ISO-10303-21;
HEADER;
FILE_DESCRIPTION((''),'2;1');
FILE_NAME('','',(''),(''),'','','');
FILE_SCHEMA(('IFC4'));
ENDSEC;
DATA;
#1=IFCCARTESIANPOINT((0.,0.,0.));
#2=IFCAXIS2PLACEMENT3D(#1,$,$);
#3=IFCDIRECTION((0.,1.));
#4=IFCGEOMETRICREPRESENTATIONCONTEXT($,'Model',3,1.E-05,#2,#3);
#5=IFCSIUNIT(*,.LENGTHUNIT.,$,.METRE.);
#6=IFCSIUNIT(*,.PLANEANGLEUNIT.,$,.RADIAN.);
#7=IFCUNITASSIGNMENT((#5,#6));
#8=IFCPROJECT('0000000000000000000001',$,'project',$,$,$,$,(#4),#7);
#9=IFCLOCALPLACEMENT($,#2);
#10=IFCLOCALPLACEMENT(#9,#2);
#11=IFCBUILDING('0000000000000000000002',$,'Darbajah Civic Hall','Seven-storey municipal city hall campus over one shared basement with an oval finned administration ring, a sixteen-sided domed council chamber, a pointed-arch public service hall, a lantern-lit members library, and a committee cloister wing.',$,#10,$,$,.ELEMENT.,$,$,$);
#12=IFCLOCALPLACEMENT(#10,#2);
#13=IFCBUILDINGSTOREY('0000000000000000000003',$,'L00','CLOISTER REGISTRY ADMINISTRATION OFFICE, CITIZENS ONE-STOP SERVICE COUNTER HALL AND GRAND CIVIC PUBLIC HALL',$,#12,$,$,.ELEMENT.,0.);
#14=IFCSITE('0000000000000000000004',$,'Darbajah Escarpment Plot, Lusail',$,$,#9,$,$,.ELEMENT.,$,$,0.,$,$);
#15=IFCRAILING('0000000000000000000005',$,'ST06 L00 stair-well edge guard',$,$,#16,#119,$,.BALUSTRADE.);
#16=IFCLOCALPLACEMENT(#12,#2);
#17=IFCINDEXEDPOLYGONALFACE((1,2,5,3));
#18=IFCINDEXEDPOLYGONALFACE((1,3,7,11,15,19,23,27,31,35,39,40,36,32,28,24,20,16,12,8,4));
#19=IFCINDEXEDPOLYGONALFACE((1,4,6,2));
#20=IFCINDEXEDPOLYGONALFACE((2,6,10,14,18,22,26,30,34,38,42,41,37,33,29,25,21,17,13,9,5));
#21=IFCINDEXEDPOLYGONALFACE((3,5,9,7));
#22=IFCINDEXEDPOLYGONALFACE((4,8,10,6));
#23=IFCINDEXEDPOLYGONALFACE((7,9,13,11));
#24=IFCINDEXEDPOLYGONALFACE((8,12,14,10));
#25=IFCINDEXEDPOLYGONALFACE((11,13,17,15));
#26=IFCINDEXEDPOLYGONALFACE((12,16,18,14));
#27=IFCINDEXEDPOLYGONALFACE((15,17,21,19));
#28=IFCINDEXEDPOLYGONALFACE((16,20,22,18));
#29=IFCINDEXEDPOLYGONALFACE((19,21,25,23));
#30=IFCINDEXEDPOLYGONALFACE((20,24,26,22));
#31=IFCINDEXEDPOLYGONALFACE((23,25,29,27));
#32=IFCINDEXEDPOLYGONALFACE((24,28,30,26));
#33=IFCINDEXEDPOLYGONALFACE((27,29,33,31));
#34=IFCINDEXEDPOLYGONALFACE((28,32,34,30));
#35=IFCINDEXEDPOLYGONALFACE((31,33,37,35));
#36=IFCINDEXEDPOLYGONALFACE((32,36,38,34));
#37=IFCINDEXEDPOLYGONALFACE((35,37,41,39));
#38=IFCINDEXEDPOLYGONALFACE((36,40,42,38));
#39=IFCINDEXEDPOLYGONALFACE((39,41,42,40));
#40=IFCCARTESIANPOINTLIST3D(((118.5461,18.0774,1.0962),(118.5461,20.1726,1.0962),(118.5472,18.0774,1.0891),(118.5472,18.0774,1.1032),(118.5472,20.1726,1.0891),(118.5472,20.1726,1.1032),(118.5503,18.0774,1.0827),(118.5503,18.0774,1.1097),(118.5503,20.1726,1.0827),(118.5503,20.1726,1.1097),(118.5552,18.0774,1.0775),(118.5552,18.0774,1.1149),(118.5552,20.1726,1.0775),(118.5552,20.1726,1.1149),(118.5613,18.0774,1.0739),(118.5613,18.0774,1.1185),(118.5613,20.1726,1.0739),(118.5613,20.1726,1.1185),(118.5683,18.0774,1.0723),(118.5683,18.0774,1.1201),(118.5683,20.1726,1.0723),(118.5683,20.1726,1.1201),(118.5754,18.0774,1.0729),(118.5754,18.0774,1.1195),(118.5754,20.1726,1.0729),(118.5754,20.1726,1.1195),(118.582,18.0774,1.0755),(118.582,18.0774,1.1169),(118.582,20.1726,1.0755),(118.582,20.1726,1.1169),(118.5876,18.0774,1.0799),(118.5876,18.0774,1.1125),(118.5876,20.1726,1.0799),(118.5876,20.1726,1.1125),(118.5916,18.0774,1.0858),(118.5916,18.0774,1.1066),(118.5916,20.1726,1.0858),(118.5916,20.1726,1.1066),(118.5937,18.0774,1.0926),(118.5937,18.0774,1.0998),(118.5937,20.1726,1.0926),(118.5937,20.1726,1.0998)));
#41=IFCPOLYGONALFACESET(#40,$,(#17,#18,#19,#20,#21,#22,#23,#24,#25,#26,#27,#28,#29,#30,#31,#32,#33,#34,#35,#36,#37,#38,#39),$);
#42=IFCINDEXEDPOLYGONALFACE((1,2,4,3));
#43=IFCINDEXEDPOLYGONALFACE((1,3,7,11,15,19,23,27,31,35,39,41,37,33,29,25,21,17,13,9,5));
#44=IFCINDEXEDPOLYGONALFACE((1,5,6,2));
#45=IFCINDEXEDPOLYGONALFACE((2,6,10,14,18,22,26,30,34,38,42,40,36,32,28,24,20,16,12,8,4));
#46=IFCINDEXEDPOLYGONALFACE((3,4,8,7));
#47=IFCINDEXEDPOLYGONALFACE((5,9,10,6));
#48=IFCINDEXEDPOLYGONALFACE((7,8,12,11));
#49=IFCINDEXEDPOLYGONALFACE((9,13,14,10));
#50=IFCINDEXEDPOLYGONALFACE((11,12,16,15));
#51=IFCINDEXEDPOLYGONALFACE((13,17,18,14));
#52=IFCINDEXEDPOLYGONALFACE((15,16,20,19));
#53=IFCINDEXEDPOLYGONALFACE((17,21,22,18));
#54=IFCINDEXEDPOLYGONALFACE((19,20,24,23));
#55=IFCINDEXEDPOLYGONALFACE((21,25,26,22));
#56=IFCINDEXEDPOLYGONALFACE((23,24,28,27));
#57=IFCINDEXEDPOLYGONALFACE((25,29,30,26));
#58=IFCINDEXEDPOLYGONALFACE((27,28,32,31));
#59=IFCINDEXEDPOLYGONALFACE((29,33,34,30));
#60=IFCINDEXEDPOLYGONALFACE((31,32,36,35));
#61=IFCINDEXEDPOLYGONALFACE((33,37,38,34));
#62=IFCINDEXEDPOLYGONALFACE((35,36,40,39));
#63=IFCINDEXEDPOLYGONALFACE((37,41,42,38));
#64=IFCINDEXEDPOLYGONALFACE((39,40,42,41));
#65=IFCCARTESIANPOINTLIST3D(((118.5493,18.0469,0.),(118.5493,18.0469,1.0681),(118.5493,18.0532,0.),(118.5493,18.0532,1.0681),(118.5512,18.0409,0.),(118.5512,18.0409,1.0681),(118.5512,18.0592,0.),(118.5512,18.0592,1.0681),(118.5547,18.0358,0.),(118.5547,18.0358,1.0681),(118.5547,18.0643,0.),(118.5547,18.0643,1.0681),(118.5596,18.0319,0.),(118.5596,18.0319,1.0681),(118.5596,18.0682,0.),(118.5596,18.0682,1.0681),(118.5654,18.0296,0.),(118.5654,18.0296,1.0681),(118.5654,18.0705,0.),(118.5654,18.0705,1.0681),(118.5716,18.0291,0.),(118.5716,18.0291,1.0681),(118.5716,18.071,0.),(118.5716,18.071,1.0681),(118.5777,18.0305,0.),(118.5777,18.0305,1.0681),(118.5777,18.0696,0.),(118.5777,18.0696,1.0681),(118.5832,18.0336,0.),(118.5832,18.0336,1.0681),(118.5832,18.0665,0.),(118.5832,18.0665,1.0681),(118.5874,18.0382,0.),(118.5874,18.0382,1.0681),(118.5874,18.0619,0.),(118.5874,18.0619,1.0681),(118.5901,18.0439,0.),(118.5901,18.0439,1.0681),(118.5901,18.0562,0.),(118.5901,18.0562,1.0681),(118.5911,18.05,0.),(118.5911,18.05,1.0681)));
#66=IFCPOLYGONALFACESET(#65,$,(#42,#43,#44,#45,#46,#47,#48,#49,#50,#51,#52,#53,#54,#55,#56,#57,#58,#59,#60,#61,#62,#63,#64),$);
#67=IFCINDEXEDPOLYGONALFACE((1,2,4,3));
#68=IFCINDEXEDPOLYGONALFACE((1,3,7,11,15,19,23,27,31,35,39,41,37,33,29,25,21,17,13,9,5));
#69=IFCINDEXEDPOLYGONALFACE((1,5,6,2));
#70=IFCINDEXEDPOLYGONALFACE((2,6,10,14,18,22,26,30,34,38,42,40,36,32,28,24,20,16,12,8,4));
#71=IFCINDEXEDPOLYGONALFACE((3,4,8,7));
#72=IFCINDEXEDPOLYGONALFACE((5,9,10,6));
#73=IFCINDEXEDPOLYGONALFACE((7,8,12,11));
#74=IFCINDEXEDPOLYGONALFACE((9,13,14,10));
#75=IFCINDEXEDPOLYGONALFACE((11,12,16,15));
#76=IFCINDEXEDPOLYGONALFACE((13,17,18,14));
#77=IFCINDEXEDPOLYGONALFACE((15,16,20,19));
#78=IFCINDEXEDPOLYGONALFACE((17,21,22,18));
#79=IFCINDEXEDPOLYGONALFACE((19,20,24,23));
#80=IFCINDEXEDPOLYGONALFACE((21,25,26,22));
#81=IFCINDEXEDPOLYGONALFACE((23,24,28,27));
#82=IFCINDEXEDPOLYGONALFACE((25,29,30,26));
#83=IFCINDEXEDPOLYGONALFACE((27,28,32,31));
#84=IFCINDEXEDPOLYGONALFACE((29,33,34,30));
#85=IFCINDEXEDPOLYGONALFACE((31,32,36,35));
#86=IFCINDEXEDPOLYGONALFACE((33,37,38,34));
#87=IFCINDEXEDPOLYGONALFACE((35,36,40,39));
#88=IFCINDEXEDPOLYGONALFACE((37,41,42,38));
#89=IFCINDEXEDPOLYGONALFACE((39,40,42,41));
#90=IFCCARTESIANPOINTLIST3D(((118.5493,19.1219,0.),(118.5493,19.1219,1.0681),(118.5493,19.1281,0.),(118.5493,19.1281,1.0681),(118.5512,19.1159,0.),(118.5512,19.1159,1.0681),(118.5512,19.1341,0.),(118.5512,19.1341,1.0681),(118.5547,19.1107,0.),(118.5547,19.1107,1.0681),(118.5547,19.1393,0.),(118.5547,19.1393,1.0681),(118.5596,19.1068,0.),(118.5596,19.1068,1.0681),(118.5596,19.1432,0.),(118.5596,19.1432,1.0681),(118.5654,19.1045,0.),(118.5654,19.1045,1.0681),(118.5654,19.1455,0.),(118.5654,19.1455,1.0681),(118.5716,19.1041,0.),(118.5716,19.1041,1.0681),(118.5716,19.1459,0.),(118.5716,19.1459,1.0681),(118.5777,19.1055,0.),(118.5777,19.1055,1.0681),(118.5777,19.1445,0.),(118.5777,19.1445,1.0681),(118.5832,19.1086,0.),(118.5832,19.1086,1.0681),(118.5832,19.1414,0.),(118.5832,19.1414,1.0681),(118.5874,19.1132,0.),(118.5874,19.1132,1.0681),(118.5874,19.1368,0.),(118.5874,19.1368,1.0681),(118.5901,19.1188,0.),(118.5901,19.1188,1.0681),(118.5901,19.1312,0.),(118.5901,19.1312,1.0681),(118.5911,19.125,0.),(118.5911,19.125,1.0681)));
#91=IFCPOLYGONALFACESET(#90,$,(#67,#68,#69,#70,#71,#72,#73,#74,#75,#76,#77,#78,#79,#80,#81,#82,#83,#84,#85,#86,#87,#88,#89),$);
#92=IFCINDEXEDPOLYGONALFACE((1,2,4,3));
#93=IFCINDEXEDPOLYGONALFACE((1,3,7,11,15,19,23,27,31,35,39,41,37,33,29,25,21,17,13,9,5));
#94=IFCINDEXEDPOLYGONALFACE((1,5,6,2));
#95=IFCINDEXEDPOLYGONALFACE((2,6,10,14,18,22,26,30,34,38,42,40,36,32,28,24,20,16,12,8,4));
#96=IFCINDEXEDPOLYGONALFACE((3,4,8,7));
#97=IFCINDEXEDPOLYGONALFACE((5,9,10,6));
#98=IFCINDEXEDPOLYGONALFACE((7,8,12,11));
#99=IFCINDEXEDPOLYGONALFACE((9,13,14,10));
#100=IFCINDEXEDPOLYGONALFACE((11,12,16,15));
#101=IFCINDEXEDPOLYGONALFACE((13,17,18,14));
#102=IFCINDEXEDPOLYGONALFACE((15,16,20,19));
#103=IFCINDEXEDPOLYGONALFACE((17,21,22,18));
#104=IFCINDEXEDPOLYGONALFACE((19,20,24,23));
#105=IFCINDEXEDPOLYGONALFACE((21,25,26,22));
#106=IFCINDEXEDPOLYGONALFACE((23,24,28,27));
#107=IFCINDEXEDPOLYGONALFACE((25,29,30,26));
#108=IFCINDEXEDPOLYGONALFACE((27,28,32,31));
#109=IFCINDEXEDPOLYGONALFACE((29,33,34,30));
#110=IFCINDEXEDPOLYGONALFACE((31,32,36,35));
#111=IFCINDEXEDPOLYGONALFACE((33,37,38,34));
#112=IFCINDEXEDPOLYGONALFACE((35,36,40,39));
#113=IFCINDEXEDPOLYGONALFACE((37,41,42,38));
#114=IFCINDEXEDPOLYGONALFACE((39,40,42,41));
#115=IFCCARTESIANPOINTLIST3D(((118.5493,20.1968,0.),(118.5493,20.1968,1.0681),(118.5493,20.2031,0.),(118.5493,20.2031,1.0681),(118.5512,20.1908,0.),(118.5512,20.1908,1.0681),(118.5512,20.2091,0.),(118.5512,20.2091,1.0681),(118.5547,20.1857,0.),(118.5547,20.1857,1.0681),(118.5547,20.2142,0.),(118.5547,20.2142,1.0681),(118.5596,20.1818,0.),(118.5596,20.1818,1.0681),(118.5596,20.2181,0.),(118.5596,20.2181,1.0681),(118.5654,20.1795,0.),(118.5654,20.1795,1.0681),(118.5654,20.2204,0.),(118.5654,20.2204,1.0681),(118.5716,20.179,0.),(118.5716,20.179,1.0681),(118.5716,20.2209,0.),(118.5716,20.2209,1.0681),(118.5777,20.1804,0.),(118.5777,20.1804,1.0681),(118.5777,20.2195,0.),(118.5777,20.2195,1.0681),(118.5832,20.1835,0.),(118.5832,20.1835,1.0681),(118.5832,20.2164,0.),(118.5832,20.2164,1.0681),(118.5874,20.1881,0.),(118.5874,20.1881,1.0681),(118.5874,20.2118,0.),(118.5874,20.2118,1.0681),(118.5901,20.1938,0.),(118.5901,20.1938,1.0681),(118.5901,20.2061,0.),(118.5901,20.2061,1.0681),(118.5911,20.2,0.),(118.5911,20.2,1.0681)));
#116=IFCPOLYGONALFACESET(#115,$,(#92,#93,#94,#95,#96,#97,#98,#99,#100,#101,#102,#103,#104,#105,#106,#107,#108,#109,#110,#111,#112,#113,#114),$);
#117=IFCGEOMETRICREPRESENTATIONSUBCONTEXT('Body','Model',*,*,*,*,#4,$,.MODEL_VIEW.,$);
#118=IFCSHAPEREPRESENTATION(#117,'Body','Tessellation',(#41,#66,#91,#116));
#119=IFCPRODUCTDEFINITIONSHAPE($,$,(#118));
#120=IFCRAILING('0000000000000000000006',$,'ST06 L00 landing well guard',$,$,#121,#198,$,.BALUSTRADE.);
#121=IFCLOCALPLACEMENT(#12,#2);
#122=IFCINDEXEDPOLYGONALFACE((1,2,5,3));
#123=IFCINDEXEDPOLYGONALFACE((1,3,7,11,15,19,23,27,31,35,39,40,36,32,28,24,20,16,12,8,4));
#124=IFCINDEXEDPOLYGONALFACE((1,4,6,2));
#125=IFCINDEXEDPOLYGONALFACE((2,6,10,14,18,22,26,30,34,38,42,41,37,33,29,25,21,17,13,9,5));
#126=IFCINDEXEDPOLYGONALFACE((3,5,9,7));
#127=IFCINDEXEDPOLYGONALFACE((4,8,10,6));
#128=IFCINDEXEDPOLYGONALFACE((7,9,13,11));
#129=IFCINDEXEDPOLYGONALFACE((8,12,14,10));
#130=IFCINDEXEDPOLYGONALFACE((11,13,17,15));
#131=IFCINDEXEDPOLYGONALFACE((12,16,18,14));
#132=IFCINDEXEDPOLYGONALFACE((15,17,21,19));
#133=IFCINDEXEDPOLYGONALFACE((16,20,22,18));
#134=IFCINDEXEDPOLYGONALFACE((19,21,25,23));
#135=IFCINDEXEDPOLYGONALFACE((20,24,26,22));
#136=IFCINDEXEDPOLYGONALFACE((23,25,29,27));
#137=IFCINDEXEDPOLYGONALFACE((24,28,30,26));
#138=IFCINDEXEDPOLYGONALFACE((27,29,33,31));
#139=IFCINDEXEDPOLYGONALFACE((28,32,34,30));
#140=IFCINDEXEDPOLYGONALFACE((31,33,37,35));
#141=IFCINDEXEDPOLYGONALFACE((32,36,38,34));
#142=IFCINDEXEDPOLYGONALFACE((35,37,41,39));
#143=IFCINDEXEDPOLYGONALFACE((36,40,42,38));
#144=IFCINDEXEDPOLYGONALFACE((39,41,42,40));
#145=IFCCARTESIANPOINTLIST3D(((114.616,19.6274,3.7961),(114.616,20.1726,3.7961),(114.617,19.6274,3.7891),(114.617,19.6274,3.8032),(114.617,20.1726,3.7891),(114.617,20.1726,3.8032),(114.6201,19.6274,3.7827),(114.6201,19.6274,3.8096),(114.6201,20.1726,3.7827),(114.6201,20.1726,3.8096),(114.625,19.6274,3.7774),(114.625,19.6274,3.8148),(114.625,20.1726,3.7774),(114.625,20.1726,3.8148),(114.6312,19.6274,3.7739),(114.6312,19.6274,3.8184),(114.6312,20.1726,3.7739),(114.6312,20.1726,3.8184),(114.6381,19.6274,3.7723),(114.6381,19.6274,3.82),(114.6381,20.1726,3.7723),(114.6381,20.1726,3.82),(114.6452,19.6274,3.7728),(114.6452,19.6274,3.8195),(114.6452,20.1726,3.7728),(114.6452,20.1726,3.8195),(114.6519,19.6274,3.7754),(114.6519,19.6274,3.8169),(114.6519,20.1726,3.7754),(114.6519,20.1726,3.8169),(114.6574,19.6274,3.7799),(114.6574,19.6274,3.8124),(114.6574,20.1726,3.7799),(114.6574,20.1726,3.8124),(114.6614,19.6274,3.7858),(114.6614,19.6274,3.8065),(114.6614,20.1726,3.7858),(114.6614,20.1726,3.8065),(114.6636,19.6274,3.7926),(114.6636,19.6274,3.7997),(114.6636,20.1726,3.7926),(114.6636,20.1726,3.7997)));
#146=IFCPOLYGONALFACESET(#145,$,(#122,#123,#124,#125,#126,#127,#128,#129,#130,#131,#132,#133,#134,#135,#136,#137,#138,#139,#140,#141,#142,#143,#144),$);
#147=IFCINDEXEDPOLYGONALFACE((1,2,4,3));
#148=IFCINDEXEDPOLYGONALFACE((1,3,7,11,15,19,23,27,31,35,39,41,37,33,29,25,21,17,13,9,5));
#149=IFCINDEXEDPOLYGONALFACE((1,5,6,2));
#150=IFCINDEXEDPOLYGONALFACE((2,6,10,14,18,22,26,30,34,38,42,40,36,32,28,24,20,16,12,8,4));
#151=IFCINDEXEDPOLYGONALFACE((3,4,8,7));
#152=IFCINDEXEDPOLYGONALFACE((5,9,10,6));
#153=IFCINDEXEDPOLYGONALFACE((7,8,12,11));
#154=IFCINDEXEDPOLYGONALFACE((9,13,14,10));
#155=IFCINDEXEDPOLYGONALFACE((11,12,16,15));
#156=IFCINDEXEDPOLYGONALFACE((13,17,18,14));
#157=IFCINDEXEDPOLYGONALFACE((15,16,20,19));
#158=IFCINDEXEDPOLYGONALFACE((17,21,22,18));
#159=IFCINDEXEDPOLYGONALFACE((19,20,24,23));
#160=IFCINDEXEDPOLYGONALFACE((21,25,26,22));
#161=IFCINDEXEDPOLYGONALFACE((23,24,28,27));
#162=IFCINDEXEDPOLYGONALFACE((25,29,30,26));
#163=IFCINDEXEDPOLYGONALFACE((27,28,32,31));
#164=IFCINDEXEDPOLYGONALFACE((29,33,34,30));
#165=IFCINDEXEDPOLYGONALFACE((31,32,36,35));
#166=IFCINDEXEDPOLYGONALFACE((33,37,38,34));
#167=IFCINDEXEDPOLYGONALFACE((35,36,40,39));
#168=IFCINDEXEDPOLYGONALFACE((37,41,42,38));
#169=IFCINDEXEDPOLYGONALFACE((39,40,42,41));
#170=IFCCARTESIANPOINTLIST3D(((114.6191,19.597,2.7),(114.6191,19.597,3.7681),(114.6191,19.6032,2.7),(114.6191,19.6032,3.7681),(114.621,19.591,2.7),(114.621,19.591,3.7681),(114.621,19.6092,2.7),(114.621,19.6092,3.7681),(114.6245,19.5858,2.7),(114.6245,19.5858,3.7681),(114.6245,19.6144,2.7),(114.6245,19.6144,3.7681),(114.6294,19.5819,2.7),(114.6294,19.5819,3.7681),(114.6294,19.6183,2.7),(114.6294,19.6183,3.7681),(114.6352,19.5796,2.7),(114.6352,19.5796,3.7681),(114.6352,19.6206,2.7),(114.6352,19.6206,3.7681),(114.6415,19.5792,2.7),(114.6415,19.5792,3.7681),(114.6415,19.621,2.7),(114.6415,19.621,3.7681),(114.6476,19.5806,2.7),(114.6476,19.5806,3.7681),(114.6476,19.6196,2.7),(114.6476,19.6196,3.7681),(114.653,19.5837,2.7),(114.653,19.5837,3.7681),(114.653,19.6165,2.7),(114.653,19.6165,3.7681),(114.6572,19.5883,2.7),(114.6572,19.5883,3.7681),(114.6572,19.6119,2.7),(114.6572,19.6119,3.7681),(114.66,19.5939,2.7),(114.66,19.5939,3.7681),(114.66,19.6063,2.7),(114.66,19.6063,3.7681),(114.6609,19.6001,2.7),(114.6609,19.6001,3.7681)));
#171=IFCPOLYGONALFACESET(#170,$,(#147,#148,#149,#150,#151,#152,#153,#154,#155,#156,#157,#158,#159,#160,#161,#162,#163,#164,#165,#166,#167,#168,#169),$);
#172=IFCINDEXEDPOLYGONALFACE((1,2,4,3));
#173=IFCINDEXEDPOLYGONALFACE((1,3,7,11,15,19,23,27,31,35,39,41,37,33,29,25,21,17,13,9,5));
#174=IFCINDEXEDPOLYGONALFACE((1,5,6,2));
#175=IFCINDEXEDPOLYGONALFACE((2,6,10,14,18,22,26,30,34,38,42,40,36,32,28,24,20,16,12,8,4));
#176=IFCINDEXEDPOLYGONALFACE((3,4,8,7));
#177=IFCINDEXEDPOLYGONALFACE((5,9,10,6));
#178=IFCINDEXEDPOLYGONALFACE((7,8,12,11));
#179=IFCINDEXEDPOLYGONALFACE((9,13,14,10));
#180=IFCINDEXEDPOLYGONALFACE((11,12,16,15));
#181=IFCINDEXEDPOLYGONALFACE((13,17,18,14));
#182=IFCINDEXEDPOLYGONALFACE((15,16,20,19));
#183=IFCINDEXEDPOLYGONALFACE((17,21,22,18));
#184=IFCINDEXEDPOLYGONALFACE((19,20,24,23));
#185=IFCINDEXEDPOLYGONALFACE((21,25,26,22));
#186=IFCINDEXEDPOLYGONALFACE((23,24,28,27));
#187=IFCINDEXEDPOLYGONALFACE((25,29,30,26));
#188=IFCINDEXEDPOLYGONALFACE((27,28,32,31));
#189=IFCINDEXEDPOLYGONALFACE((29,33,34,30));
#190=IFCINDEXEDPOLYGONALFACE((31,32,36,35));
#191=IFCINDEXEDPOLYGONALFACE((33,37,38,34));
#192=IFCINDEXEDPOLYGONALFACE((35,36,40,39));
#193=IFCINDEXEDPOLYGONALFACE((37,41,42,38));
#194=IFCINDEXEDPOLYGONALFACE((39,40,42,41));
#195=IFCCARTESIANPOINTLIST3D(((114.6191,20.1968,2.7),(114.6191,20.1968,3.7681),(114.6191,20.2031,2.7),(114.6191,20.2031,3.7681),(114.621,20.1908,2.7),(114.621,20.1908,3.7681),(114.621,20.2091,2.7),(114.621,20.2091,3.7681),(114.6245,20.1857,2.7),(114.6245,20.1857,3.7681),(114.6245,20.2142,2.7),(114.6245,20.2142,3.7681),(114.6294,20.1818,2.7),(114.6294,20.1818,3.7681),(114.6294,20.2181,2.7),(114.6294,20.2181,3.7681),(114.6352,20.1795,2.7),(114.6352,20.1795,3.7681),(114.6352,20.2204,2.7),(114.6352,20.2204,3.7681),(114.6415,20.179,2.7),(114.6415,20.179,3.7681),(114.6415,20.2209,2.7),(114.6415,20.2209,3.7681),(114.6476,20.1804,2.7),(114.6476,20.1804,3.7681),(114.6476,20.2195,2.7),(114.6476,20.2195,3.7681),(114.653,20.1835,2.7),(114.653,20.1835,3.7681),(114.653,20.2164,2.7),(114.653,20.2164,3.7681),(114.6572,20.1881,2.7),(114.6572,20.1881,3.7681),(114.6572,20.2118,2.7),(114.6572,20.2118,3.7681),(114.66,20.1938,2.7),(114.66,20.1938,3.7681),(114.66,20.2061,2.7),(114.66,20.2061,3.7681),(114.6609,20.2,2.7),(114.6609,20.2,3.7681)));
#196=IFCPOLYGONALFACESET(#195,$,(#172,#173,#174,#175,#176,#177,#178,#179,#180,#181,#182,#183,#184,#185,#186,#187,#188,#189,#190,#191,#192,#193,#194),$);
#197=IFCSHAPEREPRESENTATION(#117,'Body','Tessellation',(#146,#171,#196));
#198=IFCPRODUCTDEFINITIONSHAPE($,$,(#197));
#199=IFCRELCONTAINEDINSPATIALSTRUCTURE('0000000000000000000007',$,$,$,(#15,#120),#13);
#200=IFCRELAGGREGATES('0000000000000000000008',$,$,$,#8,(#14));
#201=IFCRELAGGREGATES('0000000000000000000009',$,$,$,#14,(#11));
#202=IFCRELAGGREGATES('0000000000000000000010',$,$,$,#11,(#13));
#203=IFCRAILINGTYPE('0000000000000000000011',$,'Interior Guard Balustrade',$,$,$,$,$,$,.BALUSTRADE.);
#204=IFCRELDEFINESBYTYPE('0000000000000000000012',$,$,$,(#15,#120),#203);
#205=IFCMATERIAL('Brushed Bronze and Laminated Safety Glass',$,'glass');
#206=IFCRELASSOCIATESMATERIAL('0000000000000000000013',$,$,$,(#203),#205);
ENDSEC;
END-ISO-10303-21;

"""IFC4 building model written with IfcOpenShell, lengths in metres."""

from ifc_helpers import new_model, si_unit, direction, frame, origin, origin_2d, place, context, subcontext, project, spatial, circle, extrude, material, type_object, element, save


model = new_model("IFC4")

# Units and contexts
model_context = context("Model", 3, precision=1e-05, world=origin(), true_north=direction((0.0, 1.0)))
body_context = subcontext(model_context, "Body", "Model", "MODEL_VIEW")
ifc_project = project(units=[si_unit("LENGTHUNIT", "METRE"), si_unit("PLANEANGLEUNIT", "RADIAN")], contexts=[model_context])

# Site, building, storey
site_placement = place(None, origin())
site = spatial("IfcSite", under=ifc_project, at=site_placement, Name="Darbajah Escarpment Plot, Lusail", CompositionType="ELEMENT", RefElevation=0.0)
building_placement = place(site_placement, origin())
building = spatial("IfcBuilding", under=site, at=building_placement, Name="Darbajah Civic Hall", Description="Seven-storey municipal city hall campus over one shared basement with an oval finned administration ring, a sixteen-sided domed council chamber, a pointed-arch public service hall, a lantern-lit members library, and a committee cloister wing.", CompositionType="ELEMENT")
storey_placement = place(building_placement, origin())
storey = spatial("IfcBuildingStorey", under=building, at=storey_placement, Name="L00", Description="CLOISTER REGISTRY ADMINISTRATION OFFICE, CITIZENS ONE-STOP SERVICE COUNTER HALL AND GRAND CIVIC PUBLIC HALL", CompositionType="ELEMENT", Elevation=0.0)

# Railings
ifc_material_1 = material(Name="Brushed Bronze and Laminated Safety Glass", Category="glass")
railing_type_1 = type_object("IfcRailingType", Name="Interior Guard Balustrade", PredefinedType="BALUSTRADE", material=ifc_material_1)
railing_1_placement = place(storey_placement, frame((118.5701, 18.05, 0.0)))
element("IfcRailing", 1, at=railing_1_placement, inside=storey, type_object=railing_type_1, Name="ST06 L00 stair-well edge guard", PredefinedType="BALUSTRADE", context=body_context, shape_type="SweptSolid", body=[
    extrude(circle(Radius=0.0239, at=origin_2d()), frame((0.0, 0.0273, 1.0962), z_axis=(0.0, 1.0, 0.0), x_axis=(-1.0, 0.0, 0.0)), (0.0, 0.0, 1.0), 2.0952),
    extrude(circle(Radius=0.021, at=origin_2d()), origin(), (0.0, 0.0, 1.0), 1.0681),
    extrude(circle(Radius=0.021, at=origin_2d()), frame((0.0, 1.075, 0.0)), (0.0, 0.0, 1.0), 1.0681),
    extrude(circle(Radius=0.021, at=origin_2d()), frame((0.0, 2.1499, 0.0)), (0.0, 0.0, 1.0), 1.0681),
])
railing_2_placement = place(storey_placement, frame((114.6399, 19.6001, 2.7)))
element("IfcRailing", 2, at=railing_2_placement, inside=storey, type_object=railing_type_1, Name="ST06 L00 landing well guard", PredefinedType="BALUSTRADE", context=body_context, shape_type="SweptSolid", body=[
    extrude(circle(Radius=0.0239, at=origin_2d()), frame((0.0, 0.0273, 1.0962), z_axis=(0.0, 1.0, 0.0), x_axis=(-1.0, 0.0, 0.0)), (0.0, 0.0, 1.0), 0.5452),
    extrude(circle(Radius=0.021, at=origin_2d()), origin(), (0.0, 0.0, 1.0), 1.0681),
    extrude(circle(Radius=0.021, at=origin_2d()), frame((0.0, 0.5999, 0.0)), (0.0, 0.0, 1.0), 1.0681),
])

save(model, "model.ifc")
